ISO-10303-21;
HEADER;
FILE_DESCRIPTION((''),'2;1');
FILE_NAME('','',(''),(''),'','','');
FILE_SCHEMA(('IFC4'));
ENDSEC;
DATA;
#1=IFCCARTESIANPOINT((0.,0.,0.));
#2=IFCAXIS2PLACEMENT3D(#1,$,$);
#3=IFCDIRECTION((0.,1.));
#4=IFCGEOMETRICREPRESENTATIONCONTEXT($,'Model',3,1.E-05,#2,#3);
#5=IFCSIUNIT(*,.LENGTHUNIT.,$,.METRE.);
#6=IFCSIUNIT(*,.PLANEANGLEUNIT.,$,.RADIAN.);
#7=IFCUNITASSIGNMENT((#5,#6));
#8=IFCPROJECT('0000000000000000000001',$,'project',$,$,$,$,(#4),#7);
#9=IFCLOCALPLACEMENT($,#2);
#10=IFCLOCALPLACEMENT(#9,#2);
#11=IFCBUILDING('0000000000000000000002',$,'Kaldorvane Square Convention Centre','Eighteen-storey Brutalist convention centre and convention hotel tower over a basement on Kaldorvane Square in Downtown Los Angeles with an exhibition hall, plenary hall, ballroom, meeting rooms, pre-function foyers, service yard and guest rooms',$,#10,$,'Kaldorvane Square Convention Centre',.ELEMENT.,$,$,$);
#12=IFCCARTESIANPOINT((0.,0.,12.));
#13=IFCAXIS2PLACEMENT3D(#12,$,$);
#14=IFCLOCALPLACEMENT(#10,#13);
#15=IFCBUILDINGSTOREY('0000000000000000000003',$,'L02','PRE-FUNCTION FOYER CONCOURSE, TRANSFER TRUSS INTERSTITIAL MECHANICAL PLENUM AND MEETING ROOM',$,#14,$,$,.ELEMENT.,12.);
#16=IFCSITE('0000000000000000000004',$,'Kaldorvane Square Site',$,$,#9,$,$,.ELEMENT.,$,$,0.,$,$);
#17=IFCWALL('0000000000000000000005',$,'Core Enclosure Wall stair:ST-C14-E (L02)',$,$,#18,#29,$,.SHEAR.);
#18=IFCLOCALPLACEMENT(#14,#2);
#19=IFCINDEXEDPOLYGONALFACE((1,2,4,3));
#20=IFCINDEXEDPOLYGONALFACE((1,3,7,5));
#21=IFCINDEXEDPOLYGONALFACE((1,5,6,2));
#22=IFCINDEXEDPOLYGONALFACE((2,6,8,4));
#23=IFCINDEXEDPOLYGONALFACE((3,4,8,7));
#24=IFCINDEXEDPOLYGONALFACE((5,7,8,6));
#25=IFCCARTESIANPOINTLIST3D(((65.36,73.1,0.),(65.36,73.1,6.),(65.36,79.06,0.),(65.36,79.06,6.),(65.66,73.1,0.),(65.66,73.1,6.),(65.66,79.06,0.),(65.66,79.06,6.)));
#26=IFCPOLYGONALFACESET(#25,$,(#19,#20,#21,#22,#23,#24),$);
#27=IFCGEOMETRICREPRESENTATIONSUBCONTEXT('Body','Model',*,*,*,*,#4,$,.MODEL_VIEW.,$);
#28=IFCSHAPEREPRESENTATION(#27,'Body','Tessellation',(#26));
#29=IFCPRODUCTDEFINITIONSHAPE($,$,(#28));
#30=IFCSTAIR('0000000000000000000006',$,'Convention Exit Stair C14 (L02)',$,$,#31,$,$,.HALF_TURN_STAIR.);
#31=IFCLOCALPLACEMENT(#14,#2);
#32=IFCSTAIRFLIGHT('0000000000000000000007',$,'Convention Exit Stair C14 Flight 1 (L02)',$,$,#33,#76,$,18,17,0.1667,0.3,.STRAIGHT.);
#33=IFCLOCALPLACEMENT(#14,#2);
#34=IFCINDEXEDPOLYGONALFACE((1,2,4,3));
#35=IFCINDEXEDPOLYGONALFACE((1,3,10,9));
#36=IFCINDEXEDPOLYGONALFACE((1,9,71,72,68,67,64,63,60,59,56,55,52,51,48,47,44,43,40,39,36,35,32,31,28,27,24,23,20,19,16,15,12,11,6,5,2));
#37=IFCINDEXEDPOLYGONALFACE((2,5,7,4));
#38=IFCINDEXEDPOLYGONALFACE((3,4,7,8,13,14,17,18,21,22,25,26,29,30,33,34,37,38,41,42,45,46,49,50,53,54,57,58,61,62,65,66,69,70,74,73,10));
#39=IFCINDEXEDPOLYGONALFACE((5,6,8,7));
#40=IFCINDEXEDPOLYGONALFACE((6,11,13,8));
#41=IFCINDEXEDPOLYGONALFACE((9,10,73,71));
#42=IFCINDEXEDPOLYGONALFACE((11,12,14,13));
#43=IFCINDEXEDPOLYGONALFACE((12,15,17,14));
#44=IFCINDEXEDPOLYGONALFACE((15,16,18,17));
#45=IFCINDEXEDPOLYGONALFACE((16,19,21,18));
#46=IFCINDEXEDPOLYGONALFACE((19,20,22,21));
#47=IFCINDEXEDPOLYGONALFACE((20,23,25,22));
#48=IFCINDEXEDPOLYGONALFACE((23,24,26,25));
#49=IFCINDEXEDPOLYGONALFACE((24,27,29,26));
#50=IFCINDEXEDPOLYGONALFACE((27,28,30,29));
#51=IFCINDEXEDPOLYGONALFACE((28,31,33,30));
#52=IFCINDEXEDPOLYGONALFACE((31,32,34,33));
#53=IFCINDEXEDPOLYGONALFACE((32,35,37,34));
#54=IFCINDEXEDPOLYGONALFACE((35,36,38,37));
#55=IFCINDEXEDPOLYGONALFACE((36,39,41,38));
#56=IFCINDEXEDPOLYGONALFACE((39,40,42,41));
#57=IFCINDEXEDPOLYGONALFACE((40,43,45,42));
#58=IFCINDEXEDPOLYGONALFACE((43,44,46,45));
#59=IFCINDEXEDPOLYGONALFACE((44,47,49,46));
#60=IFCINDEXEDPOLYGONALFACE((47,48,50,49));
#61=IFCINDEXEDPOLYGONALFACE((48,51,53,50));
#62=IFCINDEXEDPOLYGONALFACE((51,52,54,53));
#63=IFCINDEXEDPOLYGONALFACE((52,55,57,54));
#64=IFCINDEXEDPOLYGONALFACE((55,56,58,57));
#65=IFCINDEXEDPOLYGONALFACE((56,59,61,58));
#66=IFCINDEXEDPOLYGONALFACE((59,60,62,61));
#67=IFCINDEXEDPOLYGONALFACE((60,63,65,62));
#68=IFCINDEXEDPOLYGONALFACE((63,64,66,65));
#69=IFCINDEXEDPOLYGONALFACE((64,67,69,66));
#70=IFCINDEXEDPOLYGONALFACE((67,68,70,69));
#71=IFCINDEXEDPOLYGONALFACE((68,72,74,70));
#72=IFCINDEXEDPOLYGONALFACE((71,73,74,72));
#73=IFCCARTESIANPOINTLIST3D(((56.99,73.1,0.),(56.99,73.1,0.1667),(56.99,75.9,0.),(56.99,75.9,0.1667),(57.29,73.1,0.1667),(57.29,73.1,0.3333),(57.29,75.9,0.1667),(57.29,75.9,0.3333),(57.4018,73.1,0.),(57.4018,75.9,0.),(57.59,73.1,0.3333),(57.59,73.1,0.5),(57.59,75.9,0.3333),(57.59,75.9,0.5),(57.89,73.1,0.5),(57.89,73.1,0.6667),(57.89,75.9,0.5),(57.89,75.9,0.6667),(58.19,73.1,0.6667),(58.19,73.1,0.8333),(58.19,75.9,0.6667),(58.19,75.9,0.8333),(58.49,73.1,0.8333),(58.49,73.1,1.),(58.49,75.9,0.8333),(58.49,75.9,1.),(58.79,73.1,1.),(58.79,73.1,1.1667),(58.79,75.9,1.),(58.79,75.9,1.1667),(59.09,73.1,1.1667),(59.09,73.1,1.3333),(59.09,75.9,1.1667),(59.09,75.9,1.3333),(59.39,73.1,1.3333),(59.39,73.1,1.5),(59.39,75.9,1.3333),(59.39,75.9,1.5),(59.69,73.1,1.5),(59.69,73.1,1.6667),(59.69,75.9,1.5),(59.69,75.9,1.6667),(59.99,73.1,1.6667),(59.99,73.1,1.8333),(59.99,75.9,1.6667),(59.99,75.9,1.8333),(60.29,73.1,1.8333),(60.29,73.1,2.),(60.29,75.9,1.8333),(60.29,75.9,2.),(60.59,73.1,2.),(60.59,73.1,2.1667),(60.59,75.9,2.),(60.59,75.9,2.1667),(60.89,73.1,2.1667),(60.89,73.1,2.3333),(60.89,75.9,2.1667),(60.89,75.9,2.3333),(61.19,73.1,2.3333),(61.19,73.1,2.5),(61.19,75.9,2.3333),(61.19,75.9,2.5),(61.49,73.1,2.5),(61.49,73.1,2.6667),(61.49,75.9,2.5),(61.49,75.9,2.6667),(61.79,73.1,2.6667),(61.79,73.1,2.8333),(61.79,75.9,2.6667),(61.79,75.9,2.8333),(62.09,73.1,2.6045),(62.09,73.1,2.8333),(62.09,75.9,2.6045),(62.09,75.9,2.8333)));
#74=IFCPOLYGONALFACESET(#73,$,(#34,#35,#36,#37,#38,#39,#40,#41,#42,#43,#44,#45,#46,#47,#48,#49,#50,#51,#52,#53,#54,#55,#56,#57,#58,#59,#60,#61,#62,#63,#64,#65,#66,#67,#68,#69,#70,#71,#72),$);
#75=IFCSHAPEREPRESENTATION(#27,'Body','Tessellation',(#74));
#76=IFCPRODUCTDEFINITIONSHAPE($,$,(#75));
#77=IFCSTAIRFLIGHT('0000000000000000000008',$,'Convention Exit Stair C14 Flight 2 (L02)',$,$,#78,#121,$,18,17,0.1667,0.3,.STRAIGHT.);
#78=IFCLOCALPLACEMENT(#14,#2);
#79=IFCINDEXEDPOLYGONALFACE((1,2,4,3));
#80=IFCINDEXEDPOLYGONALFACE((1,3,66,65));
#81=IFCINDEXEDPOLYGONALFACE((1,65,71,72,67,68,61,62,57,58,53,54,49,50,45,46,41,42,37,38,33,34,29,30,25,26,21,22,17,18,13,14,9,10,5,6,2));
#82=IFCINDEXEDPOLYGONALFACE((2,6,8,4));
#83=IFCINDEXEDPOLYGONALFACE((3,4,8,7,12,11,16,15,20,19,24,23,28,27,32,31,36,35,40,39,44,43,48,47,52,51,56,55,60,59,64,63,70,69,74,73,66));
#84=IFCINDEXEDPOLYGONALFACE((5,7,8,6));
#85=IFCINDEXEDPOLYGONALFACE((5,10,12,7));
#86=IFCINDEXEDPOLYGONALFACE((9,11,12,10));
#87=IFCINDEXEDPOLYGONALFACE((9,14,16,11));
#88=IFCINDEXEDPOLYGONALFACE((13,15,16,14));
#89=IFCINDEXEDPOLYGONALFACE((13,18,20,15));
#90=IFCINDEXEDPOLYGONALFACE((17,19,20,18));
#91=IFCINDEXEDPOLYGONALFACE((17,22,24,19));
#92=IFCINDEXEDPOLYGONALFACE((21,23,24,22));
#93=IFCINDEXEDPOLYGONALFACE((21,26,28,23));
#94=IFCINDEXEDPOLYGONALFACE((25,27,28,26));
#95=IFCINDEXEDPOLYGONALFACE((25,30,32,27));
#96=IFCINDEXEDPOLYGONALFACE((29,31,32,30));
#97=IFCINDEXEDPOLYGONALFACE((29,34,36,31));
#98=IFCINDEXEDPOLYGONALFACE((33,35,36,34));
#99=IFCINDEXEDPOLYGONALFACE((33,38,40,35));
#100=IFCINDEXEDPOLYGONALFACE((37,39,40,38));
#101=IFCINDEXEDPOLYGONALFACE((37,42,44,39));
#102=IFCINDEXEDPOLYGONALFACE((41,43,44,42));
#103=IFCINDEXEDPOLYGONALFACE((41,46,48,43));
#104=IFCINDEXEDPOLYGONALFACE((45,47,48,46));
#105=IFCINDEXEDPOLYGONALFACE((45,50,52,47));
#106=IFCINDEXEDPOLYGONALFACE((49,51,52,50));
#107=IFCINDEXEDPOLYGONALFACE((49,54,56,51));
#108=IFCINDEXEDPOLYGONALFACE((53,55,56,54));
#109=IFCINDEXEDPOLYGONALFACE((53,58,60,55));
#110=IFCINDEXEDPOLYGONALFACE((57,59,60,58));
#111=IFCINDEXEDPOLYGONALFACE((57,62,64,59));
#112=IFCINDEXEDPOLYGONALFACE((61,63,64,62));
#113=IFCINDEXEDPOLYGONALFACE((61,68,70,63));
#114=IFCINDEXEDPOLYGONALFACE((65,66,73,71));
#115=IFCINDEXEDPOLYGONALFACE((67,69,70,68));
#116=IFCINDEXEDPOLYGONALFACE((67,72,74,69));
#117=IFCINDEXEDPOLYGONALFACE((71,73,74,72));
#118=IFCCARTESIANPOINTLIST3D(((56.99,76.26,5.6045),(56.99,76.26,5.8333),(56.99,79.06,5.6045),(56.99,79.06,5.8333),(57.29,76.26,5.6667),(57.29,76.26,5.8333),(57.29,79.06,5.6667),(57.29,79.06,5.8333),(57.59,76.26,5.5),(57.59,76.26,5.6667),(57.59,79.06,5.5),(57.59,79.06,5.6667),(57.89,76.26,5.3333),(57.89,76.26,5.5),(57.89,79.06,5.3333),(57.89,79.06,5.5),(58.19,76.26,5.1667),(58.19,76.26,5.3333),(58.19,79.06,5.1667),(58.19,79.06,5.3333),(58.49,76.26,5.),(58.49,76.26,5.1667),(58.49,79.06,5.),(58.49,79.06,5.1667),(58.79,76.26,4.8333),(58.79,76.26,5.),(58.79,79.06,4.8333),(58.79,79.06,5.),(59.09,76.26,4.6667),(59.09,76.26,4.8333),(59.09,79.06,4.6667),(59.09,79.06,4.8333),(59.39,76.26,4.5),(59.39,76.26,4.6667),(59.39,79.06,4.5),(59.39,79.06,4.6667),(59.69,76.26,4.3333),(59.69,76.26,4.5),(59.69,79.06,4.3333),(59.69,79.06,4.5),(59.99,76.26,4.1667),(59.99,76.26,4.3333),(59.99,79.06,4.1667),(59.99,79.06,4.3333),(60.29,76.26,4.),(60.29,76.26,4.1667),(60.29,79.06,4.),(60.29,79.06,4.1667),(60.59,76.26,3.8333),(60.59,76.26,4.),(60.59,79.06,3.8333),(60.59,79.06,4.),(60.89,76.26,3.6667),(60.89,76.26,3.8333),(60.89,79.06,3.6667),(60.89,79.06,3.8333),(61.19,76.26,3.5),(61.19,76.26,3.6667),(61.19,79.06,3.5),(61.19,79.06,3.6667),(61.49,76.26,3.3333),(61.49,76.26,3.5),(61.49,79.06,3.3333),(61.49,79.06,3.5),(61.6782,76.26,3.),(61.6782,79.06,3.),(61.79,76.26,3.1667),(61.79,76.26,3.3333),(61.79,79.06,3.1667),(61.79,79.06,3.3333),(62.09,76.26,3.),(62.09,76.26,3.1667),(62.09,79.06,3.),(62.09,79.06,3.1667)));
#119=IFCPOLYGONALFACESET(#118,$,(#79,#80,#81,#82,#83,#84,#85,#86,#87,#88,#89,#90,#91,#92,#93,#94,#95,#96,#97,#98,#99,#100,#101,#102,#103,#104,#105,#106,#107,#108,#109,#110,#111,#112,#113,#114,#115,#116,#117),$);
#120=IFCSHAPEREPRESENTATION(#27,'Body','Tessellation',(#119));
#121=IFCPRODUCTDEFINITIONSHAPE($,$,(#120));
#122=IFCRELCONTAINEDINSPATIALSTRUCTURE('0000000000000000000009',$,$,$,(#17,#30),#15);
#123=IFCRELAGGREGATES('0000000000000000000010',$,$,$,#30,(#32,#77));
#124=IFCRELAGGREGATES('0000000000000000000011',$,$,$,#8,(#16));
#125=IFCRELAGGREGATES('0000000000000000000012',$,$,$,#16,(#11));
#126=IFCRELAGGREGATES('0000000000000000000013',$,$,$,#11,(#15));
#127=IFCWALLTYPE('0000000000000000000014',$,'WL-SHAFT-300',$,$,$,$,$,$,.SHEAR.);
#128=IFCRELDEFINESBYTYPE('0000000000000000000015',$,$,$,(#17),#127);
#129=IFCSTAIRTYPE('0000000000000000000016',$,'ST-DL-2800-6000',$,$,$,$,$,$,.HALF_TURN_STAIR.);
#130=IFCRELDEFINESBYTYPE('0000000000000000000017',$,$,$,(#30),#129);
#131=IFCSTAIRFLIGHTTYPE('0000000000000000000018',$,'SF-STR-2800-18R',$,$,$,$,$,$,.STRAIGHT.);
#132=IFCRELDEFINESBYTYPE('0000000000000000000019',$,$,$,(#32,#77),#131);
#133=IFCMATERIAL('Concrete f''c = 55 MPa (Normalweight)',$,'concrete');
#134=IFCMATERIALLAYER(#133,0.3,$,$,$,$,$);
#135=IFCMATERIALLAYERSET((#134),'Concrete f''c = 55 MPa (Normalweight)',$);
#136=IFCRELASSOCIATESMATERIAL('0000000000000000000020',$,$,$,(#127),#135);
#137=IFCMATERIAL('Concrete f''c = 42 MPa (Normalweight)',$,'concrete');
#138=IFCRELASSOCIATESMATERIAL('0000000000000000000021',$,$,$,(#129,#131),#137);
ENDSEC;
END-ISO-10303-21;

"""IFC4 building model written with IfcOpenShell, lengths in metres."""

from ifc_helpers import new_model, si_unit, direction, frame, frame_2d, origin, place, context, subcontext, project, spatial, polyline, rectangle, outline, extrude, material, layer, layer_set, type_object, element, aggregate, save


model = new_model("IFC4")

# Units and contexts
model_context = context("Model", 3, precision=1e-05, world=origin(), true_north=direction((0.0, 1.0)))
body_context = subcontext(model_context, "Body", "Model", "MODEL_VIEW")
ifc_project = project(units=[si_unit("LENGTHUNIT", "METRE"), si_unit("PLANEANGLEUNIT", "RADIAN")], contexts=[model_context])

# Site, building, storey
site_placement = place(None, origin())
site = spatial("IfcSite", under=ifc_project, at=site_placement, Name="Kaldorvane Square Site", CompositionType="ELEMENT", RefElevation=0.0)
building_placement = place(site_placement, origin())
building = spatial("IfcBuilding", under=site, at=building_placement, Name="Kaldorvane Square Convention Centre", Description="Eighteen-storey Brutalist convention centre and convention hotel tower over a basement on Kaldorvane Square in Downtown Los Angeles with an exhibition hall, plenary hall, ballroom, meeting rooms, pre-function foyers, service yard and guest rooms", LongName="Kaldorvane Square Convention Centre", CompositionType="ELEMENT")
storey_placement = place(building_placement, frame((0.0, 0.0, 12.0)))
storey = spatial("IfcBuildingStorey", under=building, at=storey_placement, Name="L02", Description="PRE-FUNCTION FOYER CONCOURSE, TRANSFER TRUSS INTERSTITIAL MECHANICAL PLENUM AND MEETING ROOM", CompositionType="ELEMENT", Elevation=12.0)

# Shared definitions
ifc_material_1 = material(Name="Concrete f'c = 55 MPa (Normalweight)", Category="concrete")

# Shared definitions
ifc_layer_1 = layer(ifc_material_1, 0.3)
ifc_layer_set_1 = layer_set([ifc_layer_1], Name="Concrete f'c = 55 MPa (Normalweight)")
wall_type_1 = type_object("IfcWallType", Name="WL-SHAFT-300", PredefinedType="SHEAR", material=ifc_layer_set_1)

# Wall
for number, where, z_axis, x_axis, name in (
    (1, (65.51, 73.1, 0.0), (0.0, 0.0, 1.0), (0.0, 1.0, 0.0), "Core Enclosure Wall stair:ST-C14-E (L02)"),
):
    element("IfcWall", number, at=place(storey_placement, frame(where, z_axis=z_axis, x_axis=x_axis)), inside=storey, type_object=wall_type_1, Name=name, PredefinedType="SHEAR", context=body_context, shape_type="SweptSolid", body=[
        extrude(rectangle(XDim=5.96, YDim=0.3, at=frame_2d((2.98, 0.0))), origin(), (0.0, 0.0, 1.0), 6.0),
    ])

# Stair, stair flights
ifc_material_2 = material(Name="Concrete f'c = 42 MPa (Normalweight)", Category="concrete")
stair_type = type_object("IfcStairType", Name="ST-DL-2800-6000", PredefinedType="HALF_TURN_STAIR", material=ifc_material_2)
stair_placement = place(storey_placement, origin())
stair = element("IfcStair", 2, at=stair_placement, inside=storey, type_object=stair_type, Name="Convention Exit Stair C14 (L02)", PredefinedType="HALF_TURN_STAIR")
stair_flight_type = type_object("IfcStairFlightType", Name="SF-STR-2800-18R", PredefinedType="STRAIGHT", material=ifc_material_2)
stair_flight_1_placement = place(storey_placement, frame((56.99, 74.5, 0.0), z_axis=(0.0, 0.0, 1.0), x_axis=(1.0, 0.0, 0.0)))
stair_flight_1 = element("IfcStairFlight", 3, at=stair_flight_1_placement, type_object=stair_flight_type, Name="Convention Exit Stair C14 Flight 1 (L02)", NumberOfRisers=18, NumberOfTreads=17, PredefinedType="STRAIGHT", RiserHeight=0.1667, TreadLength=0.3, context=body_context, shape_type="SweptSolid", body=[
    extrude(outline(polyline([(0.0, 0.0), (0.0, 0.1667), (0.3, 0.1667), (0.3, 0.3333), (0.6, 0.3333), (0.6, 0.5), (0.9, 0.5), (0.9, 0.6667), (1.2, 0.6667), (1.2, 0.8333), (1.5, 0.8333), (1.5, 1.0), (1.8, 1.0), (1.8, 1.1667), (2.1, 1.1667), (2.1, 1.3333), (2.4, 1.3333), (2.4, 1.5), (2.7, 1.5), (2.7, 1.6667), (3.0, 1.6667), (3.0, 1.8333), (3.3, 1.8333), (3.3, 2.0), (3.6, 2.0), (3.6, 2.1667), (3.9, 2.1667), (3.9, 2.3333), (4.2, 2.3333), (4.2, 2.5), (4.5, 2.5), (4.5, 2.6667), (4.8, 2.6667), (4.8, 2.8333), (5.1, 2.8333), (5.1, 3.0), (5.1, 2.6045), (0.4118, 0.0), (0.0, 0.0)])), frame((0.0, 1.4, 0.0), z_axis=(0.0, -1.0, 0.0), x_axis=(1.0, 0.0, 0.0)), (0.0, 0.0, 1.0), 2.8),
])
stair_flight_2_placement = place(storey_placement, frame((62.09, 77.66, 3.0), z_axis=(0.0, 0.0, 1.0), x_axis=(-1.0, 0.0, 0.0)))
stair_flight_2 = element("IfcStairFlight", 4, at=stair_flight_2_placement, type_object=stair_flight_type, Name="Convention Exit Stair C14 Flight 2 (L02)", NumberOfRisers=18, NumberOfTreads=17, PredefinedType="STRAIGHT", RiserHeight=0.1667, TreadLength=0.3, context=body_context, shape_type="SweptSolid", body=[
    extrude(outline(polyline([(0.0, 0.0), (0.0, 0.1667), (0.3, 0.1667), (0.3, 0.3333), (0.6, 0.3333), (0.6, 0.5), (0.9, 0.5), (0.9, 0.6667), (1.2, 0.6667), (1.2, 0.8333), (1.5, 0.8333), (1.5, 1.0), (1.8, 1.0), (1.8, 1.1667), (2.1, 1.1667), (2.1, 1.3333), (2.4, 1.3333), (2.4, 1.5), (2.7, 1.5), (2.7, 1.6667), (3.0, 1.6667), (3.0, 1.8333), (3.3, 1.8333), (3.3, 2.0), (3.6, 2.0), (3.6, 2.1667), (3.9, 2.1667), (3.9, 2.3333), (4.2, 2.3333), (4.2, 2.5), (4.5, 2.5), (4.5, 2.6667), (4.8, 2.6667), (4.8, 2.8333), (5.1, 2.8333), (5.1, 3.0), (5.1, 2.6045), (0.4118, 0.0), (0.0, 0.0)])), frame((0.0, 1.4, 0.0), z_axis=(0.0, -1.0, 0.0), x_axis=(1.0, 0.0, 0.0)), (0.0, 0.0, 1.0), 2.8),
])
aggregate(stair, [stair_flight_1, stair_flight_2])

save(model, "model.ifc")
